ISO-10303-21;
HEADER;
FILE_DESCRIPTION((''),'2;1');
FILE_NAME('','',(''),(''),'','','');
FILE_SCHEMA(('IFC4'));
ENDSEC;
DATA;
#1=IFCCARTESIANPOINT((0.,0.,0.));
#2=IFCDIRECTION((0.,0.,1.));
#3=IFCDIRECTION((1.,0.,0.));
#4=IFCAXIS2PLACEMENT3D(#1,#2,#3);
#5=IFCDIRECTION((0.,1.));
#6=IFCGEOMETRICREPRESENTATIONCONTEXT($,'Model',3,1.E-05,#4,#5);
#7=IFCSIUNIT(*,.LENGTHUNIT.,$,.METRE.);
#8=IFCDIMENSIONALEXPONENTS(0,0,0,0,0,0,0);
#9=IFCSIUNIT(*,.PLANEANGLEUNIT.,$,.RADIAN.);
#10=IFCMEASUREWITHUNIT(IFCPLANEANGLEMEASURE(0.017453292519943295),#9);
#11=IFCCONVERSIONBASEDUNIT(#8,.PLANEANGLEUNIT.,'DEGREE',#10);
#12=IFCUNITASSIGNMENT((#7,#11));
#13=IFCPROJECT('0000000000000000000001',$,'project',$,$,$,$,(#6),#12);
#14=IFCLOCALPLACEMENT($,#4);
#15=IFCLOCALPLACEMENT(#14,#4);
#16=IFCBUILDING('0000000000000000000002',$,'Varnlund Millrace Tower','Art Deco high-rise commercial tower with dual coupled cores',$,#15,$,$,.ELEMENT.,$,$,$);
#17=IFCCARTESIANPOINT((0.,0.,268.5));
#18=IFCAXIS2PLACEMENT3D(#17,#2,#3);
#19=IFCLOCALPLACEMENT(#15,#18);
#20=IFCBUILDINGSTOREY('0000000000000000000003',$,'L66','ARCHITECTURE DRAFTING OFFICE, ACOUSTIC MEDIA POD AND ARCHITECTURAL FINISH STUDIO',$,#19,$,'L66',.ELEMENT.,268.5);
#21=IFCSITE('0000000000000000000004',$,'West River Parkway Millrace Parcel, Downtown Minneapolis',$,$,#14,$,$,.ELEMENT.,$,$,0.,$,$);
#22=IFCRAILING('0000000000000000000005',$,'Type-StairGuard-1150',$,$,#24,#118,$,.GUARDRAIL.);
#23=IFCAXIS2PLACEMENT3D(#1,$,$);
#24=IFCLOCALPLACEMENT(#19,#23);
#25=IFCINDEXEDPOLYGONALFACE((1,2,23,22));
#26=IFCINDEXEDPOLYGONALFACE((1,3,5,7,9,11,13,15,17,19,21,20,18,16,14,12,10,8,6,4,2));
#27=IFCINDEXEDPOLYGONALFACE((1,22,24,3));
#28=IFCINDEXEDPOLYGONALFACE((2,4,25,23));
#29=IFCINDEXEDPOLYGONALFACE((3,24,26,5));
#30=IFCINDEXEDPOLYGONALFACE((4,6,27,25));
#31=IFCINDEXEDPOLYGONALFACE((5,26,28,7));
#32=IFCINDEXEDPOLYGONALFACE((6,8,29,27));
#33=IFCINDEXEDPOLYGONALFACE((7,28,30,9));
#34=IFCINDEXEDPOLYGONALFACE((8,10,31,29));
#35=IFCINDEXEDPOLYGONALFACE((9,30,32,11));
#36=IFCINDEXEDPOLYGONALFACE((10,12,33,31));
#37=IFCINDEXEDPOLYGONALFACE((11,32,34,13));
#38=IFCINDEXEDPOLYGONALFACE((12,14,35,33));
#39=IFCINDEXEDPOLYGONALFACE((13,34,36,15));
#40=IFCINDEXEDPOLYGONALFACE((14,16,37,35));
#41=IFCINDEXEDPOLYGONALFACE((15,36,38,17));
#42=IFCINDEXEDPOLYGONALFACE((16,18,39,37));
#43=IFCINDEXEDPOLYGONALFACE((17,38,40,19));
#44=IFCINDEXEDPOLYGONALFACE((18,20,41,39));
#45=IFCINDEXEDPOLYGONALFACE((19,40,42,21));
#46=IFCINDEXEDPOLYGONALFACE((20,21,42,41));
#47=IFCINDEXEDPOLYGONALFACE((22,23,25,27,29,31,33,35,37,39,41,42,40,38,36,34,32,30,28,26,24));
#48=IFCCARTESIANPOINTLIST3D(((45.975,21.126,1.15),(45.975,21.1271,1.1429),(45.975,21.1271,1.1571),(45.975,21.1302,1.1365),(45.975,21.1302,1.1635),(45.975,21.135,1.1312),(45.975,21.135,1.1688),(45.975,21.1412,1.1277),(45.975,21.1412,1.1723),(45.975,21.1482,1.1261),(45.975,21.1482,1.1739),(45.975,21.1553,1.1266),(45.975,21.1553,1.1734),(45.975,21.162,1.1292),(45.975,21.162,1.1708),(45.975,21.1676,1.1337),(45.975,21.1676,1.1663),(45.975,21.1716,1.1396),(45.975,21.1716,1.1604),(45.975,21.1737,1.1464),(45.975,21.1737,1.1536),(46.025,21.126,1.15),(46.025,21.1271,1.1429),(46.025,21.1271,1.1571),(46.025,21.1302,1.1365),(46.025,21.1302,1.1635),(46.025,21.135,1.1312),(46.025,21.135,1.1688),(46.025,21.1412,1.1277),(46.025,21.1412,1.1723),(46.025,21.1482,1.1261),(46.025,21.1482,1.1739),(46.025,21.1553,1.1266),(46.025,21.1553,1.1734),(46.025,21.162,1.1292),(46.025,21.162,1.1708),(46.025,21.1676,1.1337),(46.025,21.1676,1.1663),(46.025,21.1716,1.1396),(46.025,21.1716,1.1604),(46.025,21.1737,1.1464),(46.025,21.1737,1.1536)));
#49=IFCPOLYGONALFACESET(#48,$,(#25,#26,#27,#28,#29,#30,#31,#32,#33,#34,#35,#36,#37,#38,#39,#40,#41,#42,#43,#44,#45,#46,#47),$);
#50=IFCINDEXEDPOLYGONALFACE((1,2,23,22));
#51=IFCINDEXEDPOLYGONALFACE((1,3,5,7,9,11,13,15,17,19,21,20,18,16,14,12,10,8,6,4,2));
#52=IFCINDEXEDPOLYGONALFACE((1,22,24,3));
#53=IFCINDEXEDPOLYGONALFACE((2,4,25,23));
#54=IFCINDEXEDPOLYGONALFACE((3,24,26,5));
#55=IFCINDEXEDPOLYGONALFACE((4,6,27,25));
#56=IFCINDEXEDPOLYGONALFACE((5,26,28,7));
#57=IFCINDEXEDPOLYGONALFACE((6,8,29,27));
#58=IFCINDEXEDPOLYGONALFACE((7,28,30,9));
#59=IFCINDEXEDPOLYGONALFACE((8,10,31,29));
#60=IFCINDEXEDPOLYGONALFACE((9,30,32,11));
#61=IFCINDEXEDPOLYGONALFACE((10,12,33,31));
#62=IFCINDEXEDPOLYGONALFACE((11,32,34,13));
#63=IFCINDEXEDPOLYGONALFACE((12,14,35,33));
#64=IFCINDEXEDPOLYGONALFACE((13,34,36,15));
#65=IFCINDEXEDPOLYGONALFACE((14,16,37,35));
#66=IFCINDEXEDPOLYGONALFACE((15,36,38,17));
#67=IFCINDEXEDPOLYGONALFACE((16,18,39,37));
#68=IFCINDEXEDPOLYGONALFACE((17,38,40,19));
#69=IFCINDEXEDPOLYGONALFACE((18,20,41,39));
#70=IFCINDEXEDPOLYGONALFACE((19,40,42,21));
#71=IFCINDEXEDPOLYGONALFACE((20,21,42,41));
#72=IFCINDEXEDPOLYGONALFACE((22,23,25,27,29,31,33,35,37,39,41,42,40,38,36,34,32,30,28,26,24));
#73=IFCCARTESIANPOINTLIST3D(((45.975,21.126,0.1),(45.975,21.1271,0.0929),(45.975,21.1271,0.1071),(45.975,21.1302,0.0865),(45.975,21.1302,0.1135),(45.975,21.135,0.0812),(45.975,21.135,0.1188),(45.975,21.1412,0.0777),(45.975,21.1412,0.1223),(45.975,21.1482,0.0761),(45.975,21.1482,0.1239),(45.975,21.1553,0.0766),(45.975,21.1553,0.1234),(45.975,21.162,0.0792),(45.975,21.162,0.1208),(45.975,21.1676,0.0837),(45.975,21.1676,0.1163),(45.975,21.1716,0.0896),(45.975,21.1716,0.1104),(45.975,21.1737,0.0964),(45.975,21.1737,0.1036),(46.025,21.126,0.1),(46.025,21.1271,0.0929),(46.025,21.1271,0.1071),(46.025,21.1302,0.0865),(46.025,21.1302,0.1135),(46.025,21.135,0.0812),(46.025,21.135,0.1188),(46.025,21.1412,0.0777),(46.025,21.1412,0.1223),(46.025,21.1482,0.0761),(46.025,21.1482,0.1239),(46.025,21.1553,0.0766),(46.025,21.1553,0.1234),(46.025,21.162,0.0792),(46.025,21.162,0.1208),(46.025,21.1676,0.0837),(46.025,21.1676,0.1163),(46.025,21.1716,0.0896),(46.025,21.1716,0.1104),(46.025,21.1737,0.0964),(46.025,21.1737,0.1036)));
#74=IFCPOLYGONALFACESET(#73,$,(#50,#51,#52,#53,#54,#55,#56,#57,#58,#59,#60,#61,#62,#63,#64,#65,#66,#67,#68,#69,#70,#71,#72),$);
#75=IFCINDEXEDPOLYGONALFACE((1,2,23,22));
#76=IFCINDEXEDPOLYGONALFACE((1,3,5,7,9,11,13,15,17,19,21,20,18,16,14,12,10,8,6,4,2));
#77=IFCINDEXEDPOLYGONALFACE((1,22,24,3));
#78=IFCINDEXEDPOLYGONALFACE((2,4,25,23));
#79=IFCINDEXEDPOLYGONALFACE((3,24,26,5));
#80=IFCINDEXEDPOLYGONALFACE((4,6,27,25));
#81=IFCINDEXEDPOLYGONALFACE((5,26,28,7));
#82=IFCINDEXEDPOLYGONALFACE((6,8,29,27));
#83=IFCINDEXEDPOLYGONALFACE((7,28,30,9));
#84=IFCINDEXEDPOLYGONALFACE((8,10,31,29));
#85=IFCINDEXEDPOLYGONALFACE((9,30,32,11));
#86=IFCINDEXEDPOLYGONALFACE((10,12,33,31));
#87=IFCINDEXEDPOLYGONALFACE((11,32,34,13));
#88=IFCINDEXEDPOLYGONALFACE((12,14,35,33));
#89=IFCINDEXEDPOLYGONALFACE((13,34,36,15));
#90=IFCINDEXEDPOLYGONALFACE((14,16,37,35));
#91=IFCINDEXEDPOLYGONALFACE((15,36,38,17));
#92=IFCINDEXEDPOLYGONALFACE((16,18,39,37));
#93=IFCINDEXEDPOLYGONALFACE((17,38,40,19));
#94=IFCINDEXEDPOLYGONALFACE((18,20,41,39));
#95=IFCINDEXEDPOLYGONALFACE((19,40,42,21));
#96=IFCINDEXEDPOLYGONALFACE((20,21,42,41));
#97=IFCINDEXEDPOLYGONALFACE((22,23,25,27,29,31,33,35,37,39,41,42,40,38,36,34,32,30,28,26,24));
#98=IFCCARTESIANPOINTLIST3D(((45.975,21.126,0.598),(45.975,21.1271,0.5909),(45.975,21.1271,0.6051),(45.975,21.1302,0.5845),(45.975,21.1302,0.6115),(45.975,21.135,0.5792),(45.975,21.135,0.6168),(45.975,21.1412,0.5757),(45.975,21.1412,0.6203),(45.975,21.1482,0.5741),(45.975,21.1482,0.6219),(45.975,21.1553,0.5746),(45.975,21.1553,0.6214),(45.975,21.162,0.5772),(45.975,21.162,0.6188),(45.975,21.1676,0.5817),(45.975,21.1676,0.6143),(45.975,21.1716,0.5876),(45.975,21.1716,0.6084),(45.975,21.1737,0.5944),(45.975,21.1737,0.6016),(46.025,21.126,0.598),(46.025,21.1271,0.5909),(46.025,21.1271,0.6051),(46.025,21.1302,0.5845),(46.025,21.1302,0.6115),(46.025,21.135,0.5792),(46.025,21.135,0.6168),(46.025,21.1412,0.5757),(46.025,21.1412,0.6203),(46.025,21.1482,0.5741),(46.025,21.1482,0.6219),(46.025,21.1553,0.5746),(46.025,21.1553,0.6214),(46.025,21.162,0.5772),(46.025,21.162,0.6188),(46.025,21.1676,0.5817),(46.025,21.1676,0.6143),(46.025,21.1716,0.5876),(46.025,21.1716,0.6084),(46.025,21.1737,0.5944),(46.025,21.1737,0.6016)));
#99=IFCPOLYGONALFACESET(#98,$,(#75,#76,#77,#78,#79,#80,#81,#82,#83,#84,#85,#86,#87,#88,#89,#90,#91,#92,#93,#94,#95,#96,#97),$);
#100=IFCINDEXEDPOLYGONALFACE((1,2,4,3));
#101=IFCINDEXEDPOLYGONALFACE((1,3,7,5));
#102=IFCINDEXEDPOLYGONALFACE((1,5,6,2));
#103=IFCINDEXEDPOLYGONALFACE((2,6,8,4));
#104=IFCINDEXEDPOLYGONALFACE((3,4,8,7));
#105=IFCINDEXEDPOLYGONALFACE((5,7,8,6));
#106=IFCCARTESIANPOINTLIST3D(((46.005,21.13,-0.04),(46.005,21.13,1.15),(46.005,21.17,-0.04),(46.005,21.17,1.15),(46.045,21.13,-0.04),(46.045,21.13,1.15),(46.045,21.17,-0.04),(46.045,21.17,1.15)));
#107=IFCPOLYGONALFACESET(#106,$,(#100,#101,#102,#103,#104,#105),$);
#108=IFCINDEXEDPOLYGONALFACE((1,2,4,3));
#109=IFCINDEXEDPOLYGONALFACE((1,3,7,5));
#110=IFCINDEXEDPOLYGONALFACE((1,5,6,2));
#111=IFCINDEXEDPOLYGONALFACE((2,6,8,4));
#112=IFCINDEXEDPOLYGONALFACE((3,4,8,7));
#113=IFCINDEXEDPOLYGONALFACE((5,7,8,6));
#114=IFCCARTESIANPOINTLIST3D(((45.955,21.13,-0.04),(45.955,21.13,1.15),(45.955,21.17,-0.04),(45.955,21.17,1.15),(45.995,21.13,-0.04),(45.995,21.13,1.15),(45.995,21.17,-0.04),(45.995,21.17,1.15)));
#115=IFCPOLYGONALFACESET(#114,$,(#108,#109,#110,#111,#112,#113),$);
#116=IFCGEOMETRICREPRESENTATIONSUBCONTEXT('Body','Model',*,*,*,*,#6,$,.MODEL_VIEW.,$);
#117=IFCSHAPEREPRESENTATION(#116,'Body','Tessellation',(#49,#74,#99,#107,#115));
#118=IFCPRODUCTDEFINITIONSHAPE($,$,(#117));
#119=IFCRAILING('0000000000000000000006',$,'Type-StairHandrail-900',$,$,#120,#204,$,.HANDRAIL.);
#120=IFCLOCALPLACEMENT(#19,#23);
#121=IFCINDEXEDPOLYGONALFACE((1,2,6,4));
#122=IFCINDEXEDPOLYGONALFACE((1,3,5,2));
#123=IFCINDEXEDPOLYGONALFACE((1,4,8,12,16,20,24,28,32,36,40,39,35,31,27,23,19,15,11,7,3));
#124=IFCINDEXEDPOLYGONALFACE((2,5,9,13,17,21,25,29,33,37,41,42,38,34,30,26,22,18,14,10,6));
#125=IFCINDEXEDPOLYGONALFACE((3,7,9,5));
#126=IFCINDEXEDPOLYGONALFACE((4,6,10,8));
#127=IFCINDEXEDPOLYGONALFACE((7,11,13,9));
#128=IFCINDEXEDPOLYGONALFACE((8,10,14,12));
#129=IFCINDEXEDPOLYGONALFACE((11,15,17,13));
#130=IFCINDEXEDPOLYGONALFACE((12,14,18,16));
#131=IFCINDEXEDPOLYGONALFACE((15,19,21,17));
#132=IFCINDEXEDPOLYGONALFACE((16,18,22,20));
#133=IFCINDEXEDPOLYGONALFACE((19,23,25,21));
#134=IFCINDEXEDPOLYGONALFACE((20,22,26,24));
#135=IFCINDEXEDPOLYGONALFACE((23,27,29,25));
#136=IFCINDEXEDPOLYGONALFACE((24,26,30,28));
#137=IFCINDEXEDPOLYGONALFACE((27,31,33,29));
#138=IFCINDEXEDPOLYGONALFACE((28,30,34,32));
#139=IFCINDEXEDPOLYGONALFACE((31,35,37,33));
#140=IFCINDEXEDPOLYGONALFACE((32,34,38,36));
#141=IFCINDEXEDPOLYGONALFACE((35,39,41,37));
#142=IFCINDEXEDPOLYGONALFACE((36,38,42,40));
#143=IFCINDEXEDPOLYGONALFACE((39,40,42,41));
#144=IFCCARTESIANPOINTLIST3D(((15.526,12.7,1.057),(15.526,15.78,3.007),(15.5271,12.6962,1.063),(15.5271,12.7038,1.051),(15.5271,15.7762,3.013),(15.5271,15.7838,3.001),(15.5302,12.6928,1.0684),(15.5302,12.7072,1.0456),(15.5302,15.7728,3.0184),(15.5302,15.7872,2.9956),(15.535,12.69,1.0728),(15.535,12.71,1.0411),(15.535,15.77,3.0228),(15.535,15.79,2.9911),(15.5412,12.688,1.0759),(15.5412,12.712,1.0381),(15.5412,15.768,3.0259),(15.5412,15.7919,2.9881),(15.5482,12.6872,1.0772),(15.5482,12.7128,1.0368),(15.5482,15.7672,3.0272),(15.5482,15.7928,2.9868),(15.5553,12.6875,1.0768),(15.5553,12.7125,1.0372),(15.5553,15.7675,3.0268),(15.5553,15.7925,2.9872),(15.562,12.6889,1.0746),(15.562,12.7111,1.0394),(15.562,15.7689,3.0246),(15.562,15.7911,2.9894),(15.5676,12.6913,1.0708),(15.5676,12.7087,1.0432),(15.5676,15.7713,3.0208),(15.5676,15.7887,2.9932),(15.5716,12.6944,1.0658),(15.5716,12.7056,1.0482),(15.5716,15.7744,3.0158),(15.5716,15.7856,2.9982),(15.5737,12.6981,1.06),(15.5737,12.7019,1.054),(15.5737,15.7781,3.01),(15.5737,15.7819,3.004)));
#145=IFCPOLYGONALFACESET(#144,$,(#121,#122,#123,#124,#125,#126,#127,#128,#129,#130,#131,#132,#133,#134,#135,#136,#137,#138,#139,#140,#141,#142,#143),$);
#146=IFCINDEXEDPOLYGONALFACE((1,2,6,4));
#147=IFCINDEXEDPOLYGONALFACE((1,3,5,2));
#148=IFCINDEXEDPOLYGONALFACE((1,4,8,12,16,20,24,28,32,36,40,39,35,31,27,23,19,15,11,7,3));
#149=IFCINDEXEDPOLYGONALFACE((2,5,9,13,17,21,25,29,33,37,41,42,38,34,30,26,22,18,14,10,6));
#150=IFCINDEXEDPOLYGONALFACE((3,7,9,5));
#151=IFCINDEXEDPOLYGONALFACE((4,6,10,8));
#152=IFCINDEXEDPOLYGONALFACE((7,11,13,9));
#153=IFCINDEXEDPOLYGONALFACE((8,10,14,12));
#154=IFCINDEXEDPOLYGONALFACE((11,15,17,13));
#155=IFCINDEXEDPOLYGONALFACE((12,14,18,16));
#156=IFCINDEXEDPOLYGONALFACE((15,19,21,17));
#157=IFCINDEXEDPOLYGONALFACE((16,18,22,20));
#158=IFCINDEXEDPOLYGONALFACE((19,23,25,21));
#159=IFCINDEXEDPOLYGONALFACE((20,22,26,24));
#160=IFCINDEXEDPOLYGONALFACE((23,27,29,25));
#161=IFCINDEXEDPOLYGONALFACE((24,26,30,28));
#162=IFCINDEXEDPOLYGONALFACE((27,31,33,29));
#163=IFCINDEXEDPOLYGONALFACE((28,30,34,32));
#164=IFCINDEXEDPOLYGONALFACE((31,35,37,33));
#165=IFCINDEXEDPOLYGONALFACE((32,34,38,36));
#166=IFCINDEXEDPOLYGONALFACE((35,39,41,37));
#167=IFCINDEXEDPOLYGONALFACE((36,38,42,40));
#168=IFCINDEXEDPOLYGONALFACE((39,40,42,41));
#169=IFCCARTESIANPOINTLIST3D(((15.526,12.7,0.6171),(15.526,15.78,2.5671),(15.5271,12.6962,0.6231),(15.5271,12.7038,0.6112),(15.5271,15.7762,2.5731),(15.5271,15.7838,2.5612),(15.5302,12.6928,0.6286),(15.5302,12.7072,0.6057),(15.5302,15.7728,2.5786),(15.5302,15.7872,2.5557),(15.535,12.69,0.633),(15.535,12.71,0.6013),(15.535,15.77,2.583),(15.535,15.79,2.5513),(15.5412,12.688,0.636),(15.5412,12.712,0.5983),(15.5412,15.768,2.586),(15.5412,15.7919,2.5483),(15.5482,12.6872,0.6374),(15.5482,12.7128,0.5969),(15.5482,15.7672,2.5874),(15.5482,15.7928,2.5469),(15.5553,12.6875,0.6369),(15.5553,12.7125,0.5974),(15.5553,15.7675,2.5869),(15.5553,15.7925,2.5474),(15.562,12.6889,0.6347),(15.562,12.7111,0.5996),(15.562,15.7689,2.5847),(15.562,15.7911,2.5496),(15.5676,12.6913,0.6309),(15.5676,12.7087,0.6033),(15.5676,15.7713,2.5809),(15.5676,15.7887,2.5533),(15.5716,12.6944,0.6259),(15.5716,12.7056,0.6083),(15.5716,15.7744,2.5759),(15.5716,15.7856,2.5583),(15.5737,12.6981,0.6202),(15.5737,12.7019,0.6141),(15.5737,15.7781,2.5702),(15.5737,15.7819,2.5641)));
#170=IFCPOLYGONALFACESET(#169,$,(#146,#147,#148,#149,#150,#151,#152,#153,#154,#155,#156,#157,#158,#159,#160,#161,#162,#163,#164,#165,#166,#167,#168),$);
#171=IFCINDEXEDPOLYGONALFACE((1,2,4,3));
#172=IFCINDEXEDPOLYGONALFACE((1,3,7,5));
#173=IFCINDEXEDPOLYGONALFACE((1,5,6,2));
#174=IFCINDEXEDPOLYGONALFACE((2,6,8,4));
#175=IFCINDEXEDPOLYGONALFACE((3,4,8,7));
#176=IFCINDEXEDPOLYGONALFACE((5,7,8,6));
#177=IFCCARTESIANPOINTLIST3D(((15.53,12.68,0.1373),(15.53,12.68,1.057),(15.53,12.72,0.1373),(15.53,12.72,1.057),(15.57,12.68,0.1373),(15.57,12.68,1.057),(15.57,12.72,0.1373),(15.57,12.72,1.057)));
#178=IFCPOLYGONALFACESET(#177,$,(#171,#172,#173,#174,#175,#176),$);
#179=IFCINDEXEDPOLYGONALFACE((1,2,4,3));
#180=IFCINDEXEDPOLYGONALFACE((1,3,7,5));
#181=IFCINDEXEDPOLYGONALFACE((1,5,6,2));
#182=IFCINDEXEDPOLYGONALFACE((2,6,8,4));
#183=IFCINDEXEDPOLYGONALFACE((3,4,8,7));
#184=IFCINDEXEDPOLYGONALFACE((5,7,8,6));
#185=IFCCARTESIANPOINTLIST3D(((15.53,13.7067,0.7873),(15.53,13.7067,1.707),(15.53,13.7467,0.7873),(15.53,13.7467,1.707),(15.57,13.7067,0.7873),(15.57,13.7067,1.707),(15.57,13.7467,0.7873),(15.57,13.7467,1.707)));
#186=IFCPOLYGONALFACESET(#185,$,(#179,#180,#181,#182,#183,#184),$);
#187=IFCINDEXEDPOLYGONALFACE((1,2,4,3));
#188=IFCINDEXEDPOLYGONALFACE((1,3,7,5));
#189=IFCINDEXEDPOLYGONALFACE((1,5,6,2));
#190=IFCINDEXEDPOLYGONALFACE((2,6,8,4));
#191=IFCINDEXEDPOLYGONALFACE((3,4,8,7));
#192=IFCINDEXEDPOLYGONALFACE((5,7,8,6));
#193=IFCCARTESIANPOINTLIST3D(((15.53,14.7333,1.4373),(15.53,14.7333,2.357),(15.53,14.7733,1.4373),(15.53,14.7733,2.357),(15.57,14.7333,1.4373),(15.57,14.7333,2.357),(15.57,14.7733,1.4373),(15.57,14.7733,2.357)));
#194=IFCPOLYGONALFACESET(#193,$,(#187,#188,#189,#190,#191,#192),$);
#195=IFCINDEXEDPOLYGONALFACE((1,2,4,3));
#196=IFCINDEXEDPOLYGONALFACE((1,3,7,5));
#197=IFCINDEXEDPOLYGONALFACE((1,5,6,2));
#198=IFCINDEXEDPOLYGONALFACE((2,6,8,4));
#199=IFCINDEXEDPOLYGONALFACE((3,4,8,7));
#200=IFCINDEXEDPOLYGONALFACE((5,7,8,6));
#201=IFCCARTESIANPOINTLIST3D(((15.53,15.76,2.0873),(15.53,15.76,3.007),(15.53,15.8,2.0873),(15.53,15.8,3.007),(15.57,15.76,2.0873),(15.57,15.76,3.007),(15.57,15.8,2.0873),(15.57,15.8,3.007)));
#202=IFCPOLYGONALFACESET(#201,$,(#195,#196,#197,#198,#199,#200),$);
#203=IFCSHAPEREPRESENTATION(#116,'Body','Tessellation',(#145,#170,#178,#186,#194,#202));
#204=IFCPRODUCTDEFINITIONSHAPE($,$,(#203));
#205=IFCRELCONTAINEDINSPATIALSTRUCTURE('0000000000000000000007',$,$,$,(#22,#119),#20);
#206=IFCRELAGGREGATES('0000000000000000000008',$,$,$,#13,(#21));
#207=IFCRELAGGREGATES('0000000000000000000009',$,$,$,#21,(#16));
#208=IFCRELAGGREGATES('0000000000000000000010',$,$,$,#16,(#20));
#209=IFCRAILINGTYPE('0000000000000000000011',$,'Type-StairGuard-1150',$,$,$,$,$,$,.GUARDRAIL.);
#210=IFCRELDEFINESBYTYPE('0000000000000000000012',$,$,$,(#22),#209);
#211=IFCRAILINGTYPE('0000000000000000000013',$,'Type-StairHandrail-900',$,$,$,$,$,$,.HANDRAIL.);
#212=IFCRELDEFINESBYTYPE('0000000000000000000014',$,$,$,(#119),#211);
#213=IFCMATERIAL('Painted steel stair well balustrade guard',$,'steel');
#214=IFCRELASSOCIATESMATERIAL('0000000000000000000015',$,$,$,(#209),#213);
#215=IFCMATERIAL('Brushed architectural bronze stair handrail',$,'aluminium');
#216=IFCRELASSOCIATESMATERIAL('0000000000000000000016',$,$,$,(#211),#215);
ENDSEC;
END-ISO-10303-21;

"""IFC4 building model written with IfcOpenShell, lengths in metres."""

from ifc_helpers import new_model, entity, si_unit, converted_unit, direction, frame, origin_with_axes, origin_2d_with_axis, place, context, subcontext, project, spatial, rectangle, circle, extrude, material, type_object, element, save


model = new_model("IFC4")

# Units and contexts
model_context = context("Model", 3, precision=1e-05, world=origin_with_axes(), true_north=direction((0.0, 1.0)))
body_context = subcontext(model_context, "Body", "Model", "MODEL_VIEW")
ifc_project = project(units=[si_unit("LENGTHUNIT", "METRE"), converted_unit("PLANEANGLEUNIT", "DEGREE", entity("IfcPlaneAngleMeasure", 0.017453292519943295), si_unit("PLANEANGLEUNIT", "RADIAN"), dimensions=[0, 0, 0, 0, 0, 0, 0])], contexts=[model_context])

# Site, building, storey
site_placement = place(None, origin_with_axes())
site = spatial("IfcSite", under=ifc_project, at=site_placement, Name="West River Parkway Millrace Parcel, Downtown Minneapolis", CompositionType="ELEMENT", RefElevation=0.0)
building_placement = place(site_placement, origin_with_axes())
building = spatial("IfcBuilding", under=site, at=building_placement, Name="Varnlund Millrace Tower", Description="Art Deco high-rise commercial tower with dual coupled cores", CompositionType="ELEMENT")
storey_placement = place(building_placement, frame((0.0, 0.0, 268.5), z_axis=(0.0, 0.0, 1.0), x_axis=(1.0, 0.0, 0.0)))
storey = spatial("IfcBuildingStorey", under=building, at=storey_placement, Name="L66", Description="ARCHITECTURE DRAFTING OFFICE, ACOUSTIC MEDIA POD AND ARCHITECTURAL FINISH STUDIO", LongName="L66", CompositionType="ELEMENT", Elevation=268.5)

# Railings
ifc_material_1 = material(Name="Painted steel stair well balustrade guard", Category="steel")
railing_type_1 = type_object("IfcRailingType", Name="Type-StairGuard-1150", PredefinedType="GUARDRAIL", material=ifc_material_1)
railing_1_placement = place(storey_placement, frame((0.0, 0.0, -268.5), z_axis=(0.0, 0.0, 1.0), x_axis=(1.0, 0.0, 0.0)))
element("IfcRailing", 1, at=railing_1_placement, inside=storey, type_object=railing_type_1, Name="Type-StairGuard-1150", PredefinedType="GUARDRAIL", context=body_context, shape_type="SweptSolid", body=[
    extrude(circle(Radius=0.024, at=origin_2d_with_axis()), frame((46.025, 21.15, 269.65), z_axis=(-1.0, 0.0, 0.0), x_axis=(0.0, -1.0, 0.0)), (0.0, 0.0, 1.0), 0.05),
    extrude(circle(Radius=0.024, at=origin_2d_with_axis()), frame((46.025, 21.15, 268.6), z_axis=(-1.0, 0.0, 0.0), x_axis=(0.0, -1.0, 0.0)), (0.0, 0.0, 1.0), 0.05),
    extrude(circle(Radius=0.024, at=origin_2d_with_axis()), frame((46.025, 21.15, 269.098), z_axis=(-1.0, 0.0, 0.0), x_axis=(0.0, -1.0, 0.0)), (0.0, 0.0, 1.0), 0.05),
    extrude(rectangle(XDim=0.04, YDim=0.04, at=origin_2d_with_axis()), frame((46.025, 21.15, 268.46), z_axis=(0.0, 0.0, 1.0), x_axis=(1.0, 0.0, 0.0)), (0.0, 0.0, 1.0), 1.19),
    extrude(rectangle(XDim=0.04, YDim=0.04, at=origin_2d_with_axis()), frame((45.975, 21.15, 268.46), z_axis=(0.0, 0.0, 1.0), x_axis=(1.0, 0.0, 0.0)), (0.0, 0.0, 1.0), 1.19),
])
ifc_material_2 = material(Name="Brushed architectural bronze stair handrail", Category="aluminium")
railing_type_2 = type_object("IfcRailingType", Name="Type-StairHandrail-900", PredefinedType="HANDRAIL", material=ifc_material_2)
railing_2_placement = place(storey_placement, frame((0.0, 0.0, -268.5), z_axis=(0.0, 0.0, 1.0), x_axis=(1.0, 0.0, 0.0)))
element("IfcRailing", 2, at=railing_2_placement, inside=storey, type_object=railing_type_2, Name="Type-StairHandrail-900", PredefinedType="HANDRAIL", context=body_context, shape_type="SweptSolid", body=[
    extrude(circle(Radius=0.024, at=origin_2d_with_axis()), frame((15.55, 12.7, 269.557), z_axis=(0.0, 0.844902, 0.534922), x_axis=(-1.0, 0.0, 0.0)), (0.0, 0.0, 1.0), 3.6454),
    extrude(circle(Radius=0.024, at=origin_2d_with_axis()), frame((15.55, 12.7, 269.1171), z_axis=(0.0, 0.844902, 0.534922), x_axis=(-1.0, 0.0, 0.0)), (0.0, 0.0, 1.0), 3.6454),
    extrude(rectangle(XDim=0.04, YDim=0.04, at=origin_2d_with_axis()), frame((15.55, 12.7, 268.6373), z_axis=(0.0, 0.0, 1.0), x_axis=(1.0, 0.0, 0.0)), (0.0, 0.0, 1.0), 0.9197),
    extrude(rectangle(XDim=0.04, YDim=0.04, at=origin_2d_with_axis()), frame((15.55, 13.7267, 269.2873), z_axis=(0.0, 0.0, 1.0), x_axis=(1.0, 0.0, 0.0)), (0.0, 0.0, 1.0), 0.9197),
    extrude(rectangle(XDim=0.04, YDim=0.04, at=origin_2d_with_axis()), frame((15.55, 14.7533, 269.9373), z_axis=(0.0, 0.0, 1.0), x_axis=(1.0, 0.0, 0.0)), (0.0, 0.0, 1.0), 0.9197),
    extrude(rectangle(XDim=0.04, YDim=0.04, at=origin_2d_with_axis()), frame((15.55, 15.78, 270.5873), z_axis=(0.0, 0.0, 1.0), x_axis=(1.0, 0.0, 0.0)), (0.0, 0.0, 1.0), 0.9197),
])

save(model, "model.ifc")
